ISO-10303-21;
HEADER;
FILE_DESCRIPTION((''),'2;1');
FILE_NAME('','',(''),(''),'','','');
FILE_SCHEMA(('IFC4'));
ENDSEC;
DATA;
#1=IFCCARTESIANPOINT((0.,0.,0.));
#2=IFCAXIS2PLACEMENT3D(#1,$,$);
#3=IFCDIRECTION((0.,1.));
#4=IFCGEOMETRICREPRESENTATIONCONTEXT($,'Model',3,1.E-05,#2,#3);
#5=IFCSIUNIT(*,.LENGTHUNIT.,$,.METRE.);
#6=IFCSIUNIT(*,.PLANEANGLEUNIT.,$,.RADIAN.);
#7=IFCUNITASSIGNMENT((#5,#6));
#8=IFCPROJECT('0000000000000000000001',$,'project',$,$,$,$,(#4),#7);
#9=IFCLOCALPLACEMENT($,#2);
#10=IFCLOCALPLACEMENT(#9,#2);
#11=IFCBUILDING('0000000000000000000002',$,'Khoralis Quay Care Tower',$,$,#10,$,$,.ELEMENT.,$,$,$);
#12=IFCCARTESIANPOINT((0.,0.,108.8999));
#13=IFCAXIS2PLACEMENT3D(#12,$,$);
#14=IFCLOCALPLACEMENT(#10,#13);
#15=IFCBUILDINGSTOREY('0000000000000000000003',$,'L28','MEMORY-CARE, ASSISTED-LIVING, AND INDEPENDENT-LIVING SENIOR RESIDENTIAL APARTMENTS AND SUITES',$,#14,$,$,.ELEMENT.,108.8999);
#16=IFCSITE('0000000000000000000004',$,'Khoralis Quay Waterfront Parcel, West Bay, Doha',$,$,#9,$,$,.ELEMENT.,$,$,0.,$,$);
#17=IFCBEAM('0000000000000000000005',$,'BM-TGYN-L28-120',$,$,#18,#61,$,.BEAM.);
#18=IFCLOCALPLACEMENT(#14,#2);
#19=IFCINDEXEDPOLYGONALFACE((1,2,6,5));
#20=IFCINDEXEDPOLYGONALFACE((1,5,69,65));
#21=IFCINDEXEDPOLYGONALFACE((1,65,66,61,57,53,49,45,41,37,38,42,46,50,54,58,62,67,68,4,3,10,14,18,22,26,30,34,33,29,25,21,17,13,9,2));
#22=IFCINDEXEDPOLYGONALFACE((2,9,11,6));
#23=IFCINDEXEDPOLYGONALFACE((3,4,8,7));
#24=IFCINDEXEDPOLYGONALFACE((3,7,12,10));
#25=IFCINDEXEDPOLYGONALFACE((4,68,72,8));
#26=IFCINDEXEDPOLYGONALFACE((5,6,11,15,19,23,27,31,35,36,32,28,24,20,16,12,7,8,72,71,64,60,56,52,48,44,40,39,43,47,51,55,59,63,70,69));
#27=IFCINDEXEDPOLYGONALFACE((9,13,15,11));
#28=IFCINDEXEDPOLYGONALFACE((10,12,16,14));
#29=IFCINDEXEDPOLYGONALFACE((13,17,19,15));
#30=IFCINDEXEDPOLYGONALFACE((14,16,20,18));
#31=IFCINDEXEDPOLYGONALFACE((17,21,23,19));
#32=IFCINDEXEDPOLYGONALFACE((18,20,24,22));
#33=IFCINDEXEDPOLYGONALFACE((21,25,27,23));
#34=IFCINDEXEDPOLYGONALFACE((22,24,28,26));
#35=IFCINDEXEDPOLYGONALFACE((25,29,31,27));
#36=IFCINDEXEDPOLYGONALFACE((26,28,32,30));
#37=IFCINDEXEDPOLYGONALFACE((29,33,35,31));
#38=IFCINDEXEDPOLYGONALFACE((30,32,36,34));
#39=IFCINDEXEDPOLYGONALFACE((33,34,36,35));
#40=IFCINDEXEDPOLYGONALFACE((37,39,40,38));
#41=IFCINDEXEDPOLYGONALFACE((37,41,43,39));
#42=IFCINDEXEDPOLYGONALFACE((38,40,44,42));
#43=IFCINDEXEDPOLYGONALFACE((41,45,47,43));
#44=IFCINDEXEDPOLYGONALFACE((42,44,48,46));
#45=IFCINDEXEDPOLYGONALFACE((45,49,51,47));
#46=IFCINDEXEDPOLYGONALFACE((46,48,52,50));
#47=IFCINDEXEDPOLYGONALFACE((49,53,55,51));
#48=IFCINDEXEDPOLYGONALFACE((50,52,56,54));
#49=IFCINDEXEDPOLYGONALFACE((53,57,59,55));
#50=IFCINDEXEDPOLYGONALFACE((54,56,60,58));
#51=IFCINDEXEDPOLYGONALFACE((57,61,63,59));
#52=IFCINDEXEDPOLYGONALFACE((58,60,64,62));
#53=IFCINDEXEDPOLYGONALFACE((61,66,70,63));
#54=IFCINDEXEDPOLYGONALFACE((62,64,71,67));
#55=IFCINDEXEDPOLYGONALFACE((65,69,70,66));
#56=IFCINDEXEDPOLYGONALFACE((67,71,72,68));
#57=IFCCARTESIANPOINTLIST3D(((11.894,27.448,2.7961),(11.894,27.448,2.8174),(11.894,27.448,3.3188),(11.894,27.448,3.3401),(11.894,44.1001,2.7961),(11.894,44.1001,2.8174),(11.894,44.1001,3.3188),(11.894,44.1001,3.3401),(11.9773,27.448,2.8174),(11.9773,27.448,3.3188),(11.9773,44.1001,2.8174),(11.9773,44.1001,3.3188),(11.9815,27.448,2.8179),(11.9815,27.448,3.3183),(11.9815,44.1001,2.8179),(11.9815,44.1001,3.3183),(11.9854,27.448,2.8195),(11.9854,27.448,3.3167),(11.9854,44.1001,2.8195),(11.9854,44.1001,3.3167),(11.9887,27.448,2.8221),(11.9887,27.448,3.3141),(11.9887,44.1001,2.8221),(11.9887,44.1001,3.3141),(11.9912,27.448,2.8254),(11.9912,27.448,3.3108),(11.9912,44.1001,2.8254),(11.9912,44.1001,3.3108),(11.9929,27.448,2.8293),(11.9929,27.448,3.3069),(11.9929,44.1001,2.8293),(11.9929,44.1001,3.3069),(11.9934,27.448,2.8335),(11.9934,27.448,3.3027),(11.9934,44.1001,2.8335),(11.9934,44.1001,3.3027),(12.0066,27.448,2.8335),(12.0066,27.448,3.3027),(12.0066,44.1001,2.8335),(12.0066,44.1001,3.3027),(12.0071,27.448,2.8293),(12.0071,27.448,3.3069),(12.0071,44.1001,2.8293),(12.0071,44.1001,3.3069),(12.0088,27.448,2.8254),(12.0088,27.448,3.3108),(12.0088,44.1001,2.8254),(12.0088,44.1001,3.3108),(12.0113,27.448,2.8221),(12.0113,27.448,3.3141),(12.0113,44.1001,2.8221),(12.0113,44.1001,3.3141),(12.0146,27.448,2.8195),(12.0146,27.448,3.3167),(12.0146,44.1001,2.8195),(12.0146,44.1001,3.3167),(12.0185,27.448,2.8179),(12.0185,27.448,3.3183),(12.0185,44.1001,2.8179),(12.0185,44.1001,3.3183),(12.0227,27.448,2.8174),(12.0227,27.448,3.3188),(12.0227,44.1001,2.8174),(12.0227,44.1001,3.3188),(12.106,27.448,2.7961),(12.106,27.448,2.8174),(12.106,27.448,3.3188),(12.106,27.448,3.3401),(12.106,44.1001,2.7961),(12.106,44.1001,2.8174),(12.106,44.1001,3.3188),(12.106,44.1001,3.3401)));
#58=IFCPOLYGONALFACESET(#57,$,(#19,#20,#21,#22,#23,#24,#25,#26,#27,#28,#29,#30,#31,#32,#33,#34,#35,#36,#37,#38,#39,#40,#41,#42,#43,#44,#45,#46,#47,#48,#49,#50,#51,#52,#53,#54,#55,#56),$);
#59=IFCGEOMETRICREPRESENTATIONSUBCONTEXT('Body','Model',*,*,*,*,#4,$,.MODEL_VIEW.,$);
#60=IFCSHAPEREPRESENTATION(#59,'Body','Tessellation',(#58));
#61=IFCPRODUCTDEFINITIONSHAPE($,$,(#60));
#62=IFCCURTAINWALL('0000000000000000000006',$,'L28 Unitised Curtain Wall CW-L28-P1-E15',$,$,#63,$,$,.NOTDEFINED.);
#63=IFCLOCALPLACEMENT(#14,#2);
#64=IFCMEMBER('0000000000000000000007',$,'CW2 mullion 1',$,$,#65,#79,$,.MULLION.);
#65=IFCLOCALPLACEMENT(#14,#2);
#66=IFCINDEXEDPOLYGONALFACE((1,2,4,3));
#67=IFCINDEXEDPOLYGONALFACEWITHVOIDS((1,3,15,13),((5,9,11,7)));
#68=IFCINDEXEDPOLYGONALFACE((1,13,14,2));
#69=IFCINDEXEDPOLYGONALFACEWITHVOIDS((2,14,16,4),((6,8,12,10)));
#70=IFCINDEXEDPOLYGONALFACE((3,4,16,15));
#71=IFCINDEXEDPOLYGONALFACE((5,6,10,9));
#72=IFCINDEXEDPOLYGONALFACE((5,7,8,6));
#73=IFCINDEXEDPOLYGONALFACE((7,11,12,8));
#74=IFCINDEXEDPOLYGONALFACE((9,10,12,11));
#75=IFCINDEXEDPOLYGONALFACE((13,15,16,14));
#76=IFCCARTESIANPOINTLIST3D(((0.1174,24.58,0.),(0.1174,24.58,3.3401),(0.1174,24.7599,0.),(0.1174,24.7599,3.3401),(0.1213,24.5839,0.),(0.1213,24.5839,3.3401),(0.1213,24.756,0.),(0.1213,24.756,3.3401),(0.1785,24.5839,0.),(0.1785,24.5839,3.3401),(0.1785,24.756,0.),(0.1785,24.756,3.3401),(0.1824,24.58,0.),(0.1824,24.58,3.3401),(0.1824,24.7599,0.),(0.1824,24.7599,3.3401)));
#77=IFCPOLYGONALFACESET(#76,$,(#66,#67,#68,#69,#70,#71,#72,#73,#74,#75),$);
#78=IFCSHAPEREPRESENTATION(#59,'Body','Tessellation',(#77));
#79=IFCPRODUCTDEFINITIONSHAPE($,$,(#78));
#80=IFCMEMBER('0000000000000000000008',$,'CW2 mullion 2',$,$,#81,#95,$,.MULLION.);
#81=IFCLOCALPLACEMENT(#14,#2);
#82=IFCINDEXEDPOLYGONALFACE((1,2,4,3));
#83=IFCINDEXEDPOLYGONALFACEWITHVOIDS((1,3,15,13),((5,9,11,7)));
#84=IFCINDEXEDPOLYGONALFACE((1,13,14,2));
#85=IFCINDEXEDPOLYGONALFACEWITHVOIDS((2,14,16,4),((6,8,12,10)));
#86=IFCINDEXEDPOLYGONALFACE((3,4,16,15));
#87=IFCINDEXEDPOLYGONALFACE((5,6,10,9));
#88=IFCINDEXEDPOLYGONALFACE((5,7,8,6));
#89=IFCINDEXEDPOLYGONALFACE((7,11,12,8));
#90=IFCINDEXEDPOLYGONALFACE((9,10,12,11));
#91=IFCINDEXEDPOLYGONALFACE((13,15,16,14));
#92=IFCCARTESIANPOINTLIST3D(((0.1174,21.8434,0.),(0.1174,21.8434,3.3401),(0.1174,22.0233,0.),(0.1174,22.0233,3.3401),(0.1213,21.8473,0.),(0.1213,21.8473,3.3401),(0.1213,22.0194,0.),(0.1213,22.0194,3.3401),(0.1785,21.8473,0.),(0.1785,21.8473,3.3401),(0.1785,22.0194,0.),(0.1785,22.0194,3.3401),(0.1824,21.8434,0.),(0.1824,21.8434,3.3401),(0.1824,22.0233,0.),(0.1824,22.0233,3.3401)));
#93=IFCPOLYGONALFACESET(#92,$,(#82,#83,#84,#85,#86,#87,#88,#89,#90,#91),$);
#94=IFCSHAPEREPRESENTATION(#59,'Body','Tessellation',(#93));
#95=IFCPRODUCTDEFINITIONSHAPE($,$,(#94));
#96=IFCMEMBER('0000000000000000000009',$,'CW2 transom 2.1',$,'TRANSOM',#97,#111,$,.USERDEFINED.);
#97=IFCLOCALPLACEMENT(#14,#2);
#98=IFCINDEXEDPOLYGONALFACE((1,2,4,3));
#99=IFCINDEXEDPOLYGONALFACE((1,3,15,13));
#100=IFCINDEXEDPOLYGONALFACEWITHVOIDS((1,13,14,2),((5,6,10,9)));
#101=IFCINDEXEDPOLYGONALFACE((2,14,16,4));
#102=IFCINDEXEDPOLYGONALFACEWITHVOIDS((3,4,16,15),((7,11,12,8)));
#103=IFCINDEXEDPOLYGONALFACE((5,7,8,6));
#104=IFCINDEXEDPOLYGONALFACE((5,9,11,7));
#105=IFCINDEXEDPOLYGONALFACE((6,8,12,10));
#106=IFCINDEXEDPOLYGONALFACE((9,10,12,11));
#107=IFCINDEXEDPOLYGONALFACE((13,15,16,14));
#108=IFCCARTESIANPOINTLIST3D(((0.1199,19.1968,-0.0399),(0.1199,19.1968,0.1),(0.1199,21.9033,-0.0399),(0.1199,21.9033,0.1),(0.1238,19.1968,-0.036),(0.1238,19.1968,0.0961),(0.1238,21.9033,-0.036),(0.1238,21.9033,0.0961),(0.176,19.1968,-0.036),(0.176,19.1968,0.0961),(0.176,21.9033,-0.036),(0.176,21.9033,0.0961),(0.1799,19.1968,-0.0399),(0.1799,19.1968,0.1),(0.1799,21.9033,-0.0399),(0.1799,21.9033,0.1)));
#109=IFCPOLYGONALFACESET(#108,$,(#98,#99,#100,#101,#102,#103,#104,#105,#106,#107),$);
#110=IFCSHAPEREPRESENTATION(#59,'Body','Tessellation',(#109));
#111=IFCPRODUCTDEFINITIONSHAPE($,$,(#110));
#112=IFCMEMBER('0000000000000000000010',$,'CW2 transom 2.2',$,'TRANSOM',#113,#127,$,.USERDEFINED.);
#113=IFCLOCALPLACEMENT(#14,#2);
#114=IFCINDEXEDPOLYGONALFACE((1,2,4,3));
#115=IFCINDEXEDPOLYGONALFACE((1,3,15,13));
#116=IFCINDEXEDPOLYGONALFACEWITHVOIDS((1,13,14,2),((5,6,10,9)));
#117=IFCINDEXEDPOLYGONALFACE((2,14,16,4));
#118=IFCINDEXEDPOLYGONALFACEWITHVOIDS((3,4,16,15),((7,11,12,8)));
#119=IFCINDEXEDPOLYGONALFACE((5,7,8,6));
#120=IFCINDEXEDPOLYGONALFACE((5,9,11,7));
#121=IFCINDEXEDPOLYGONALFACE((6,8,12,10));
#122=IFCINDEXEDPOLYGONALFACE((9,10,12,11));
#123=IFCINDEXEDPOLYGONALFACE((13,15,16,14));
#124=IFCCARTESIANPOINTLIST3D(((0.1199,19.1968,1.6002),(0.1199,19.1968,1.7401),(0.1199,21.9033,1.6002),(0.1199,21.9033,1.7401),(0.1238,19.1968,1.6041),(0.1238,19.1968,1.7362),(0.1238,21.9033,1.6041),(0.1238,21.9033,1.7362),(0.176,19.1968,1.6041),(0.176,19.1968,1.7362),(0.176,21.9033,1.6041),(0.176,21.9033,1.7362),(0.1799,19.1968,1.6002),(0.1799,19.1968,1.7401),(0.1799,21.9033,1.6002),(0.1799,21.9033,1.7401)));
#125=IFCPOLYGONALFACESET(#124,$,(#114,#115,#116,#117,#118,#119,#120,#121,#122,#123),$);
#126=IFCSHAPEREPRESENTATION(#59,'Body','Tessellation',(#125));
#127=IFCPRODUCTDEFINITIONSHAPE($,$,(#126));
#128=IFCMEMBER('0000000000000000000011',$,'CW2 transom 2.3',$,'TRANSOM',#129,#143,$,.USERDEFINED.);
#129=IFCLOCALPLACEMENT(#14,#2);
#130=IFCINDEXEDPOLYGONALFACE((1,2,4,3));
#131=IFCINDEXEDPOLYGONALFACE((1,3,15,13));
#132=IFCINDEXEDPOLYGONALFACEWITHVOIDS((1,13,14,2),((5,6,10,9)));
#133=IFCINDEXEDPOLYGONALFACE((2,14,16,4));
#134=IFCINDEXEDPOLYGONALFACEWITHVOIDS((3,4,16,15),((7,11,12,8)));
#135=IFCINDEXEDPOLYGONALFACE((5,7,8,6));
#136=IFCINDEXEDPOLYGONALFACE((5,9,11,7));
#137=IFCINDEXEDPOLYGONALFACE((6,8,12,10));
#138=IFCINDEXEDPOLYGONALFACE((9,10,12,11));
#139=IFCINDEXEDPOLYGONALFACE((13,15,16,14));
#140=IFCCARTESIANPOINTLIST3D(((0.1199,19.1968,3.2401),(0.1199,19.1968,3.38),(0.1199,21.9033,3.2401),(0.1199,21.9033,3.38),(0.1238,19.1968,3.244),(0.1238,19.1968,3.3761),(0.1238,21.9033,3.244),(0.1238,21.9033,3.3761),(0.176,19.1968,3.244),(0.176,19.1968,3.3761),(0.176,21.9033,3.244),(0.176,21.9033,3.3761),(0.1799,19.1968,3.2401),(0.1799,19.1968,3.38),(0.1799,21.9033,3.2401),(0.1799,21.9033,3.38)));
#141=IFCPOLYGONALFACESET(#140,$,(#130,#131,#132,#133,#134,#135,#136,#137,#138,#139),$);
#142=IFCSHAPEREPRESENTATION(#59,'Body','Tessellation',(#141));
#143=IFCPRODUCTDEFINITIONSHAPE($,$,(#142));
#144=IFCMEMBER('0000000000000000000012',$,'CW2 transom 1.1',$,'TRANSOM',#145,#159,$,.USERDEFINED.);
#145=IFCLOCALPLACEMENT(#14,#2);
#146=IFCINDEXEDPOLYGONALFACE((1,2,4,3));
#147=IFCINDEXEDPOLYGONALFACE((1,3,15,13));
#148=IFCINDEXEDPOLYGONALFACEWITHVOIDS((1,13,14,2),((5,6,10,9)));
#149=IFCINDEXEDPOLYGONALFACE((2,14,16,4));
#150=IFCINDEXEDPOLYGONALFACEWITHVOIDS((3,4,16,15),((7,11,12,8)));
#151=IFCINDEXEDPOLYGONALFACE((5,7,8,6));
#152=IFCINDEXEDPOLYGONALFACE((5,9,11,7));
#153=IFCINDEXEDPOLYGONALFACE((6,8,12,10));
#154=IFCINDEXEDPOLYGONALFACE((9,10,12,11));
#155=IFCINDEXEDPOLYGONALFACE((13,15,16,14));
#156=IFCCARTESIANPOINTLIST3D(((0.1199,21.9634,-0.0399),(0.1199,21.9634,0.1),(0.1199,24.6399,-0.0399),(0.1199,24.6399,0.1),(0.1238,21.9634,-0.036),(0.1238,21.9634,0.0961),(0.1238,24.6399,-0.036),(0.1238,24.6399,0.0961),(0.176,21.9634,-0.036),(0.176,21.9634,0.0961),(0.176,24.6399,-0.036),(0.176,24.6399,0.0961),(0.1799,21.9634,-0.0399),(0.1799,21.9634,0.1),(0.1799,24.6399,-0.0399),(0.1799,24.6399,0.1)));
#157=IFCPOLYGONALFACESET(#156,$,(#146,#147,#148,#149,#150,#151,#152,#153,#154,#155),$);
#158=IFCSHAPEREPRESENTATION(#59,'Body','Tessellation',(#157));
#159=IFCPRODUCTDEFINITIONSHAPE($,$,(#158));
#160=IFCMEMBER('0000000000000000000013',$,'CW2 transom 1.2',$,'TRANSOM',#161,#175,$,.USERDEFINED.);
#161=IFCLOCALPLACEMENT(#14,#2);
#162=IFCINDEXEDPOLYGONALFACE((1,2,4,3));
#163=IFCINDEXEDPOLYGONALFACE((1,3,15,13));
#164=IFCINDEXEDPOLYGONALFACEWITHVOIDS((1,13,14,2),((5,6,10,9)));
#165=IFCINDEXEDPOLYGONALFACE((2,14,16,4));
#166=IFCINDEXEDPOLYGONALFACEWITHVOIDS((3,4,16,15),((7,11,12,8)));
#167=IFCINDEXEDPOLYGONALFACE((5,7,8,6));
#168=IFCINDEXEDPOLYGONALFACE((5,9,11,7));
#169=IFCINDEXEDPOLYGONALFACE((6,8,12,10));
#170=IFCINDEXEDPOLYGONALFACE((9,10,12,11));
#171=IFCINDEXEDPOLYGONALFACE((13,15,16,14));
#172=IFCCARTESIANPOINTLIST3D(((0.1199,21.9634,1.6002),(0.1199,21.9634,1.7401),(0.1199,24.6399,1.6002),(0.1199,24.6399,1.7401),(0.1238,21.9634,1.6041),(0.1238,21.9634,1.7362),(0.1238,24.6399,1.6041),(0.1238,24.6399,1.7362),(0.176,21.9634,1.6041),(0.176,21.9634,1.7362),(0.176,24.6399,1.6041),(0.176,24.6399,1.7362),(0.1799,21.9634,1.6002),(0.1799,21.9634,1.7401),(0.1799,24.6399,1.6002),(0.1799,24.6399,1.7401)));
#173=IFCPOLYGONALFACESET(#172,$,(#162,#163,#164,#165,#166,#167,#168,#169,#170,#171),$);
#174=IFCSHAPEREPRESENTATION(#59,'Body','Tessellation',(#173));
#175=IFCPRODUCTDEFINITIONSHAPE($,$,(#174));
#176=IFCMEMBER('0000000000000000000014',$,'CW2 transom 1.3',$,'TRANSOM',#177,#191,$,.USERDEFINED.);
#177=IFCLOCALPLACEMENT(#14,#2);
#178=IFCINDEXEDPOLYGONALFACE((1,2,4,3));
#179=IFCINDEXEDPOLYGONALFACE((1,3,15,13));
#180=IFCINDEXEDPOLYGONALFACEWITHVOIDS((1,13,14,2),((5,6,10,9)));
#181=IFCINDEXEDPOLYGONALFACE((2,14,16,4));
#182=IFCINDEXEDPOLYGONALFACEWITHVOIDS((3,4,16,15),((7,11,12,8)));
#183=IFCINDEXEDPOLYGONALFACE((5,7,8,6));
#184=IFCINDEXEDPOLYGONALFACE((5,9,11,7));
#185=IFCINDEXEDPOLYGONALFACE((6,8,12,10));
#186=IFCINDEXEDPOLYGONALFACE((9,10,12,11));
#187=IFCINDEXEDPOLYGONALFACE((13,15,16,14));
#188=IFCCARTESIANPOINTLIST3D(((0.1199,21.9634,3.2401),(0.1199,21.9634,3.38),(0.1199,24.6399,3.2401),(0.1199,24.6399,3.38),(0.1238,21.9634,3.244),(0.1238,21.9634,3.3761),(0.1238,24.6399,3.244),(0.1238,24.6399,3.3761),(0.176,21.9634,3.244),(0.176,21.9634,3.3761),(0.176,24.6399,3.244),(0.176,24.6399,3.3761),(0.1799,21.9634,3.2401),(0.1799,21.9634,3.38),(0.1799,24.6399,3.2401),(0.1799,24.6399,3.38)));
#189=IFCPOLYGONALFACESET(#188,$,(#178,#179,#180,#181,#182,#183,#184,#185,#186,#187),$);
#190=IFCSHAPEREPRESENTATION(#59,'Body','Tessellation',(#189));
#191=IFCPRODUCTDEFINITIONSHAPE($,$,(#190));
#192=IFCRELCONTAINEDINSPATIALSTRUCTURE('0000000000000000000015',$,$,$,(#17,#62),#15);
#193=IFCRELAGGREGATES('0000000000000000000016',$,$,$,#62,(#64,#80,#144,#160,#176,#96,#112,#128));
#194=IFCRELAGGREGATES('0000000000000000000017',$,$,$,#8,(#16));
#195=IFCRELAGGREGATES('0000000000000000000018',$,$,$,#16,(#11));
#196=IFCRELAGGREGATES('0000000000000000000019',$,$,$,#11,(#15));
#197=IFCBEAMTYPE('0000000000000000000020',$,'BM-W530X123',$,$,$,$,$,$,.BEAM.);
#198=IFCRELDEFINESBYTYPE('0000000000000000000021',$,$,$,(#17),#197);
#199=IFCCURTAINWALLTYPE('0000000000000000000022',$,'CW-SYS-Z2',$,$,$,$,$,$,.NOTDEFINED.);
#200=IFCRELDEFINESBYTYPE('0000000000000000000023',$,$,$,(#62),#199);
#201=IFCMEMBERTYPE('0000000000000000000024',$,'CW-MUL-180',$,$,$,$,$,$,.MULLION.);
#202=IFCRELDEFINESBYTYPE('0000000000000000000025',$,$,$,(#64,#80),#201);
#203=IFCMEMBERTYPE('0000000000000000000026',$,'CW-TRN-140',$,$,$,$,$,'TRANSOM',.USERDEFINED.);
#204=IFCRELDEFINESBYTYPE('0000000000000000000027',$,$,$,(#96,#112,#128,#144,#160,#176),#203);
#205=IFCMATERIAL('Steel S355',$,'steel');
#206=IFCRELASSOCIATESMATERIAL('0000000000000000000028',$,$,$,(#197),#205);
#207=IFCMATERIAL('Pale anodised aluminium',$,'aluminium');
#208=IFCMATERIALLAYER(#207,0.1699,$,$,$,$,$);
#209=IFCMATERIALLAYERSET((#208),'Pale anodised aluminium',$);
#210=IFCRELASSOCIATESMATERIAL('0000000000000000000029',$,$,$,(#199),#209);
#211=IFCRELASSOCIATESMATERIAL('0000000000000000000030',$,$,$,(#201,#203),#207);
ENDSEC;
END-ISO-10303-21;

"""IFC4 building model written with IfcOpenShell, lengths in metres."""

from ifc_helpers import new_model, si_unit, direction, frame, origin, origin_2d, place, context, subcontext, project, spatial, hollow_rectangle, i_section, extrude, source, transform, mapped, material, layer, layer_set, material_profile, profile_set, type_object, element, aggregate, save


model = new_model("IFC4")

# Units and contexts
model_context = context("Model", 3, precision=1e-05, world=origin(), true_north=direction((0.0, 1.0)))
body_context = subcontext(model_context, "Body", "Model", "MODEL_VIEW")
ifc_project = project(units=[si_unit("LENGTHUNIT", "METRE"), si_unit("PLANEANGLEUNIT", "RADIAN")], contexts=[model_context])

# Site, building, storey
site_placement = place(None, origin())
site = spatial("IfcSite", under=ifc_project, at=site_placement, Name="Khoralis Quay Waterfront Parcel, West Bay, Doha", CompositionType="ELEMENT", RefElevation=0.0)
building_placement = place(site_placement, origin())
building = spatial("IfcBuilding", under=site, at=building_placement, Name="Khoralis Quay Care Tower", CompositionType="ELEMENT")
storey_placement = place(building_placement, frame((0.0, 0.0, 108.8999)))
storey = spatial("IfcBuildingStorey", under=building, at=storey_placement, Name="L28", Description="MEMORY-CARE, ASSISTED-LIVING, AND INDEPENDENT-LIVING SENIOR RESIDENTIAL APARTMENTS AND SUITES", CompositionType="ELEMENT", Elevation=108.8999)

# Beam
ifc_material_1 = material(Name="Steel S355", Category="steel")
ifc_material_profile_1 = material_profile(ifc_material_1, i_section(OverallWidth=0.2119, OverallDepth=0.5439, WebThickness=0.0132, FlangeThickness=0.0212, FilletRadius=0.0161, at=origin_2d()), Name="Steel S355")
ifc_profile_set_1 = profile_set([ifc_material_profile_1], Name="Steel S355")
beam_type_1 = type_object("IfcBeamType", Name="BM-W530X123", PredefinedType="BEAM", material=ifc_profile_set_1)
shared_shape_1 = source(origin(), body_context, "Body", "SweptSolid", [
    extrude(i_section(OverallWidth=0.2119, OverallDepth=0.5439, WebThickness=0.0132, FlangeThickness=0.0212, FilletRadius=0.0161, at=origin_2d()), origin(), (0.0, 0.0, 1.0), 16.6521),
])
beam_1_placement = place(storey_placement, frame((12.0, 27.448, 3.0681), z_axis=(0.0, 1.0, 0.0), x_axis=(-1.0, 0.0, 0.0)))
element("IfcBeam", 1, at=beam_1_placement, inside=storey, type_object=beam_type_1, Name="BM-TGYN-L28-120", PredefinedType="BEAM", context=body_context, shape_type="MappedRepresentation", body=[
    mapped(shared_shape_1, transform((0.0, 0.0, 0.0), scale=1.0)),
])

# Curtain wall, members
ifc_material_2 = material(Name="Pale anodised aluminium", Category="aluminium")
ifc_layer_1 = layer(ifc_material_2, 0.1699)
ifc_layer_set_1 = layer_set([ifc_layer_1], Name="Pale anodised aluminium")
curtain_wall_type = type_object("IfcCurtainWallType", Name="CW-SYS-Z2", PredefinedType="NOTDEFINED", material=ifc_layer_set_1)
curtain_wall_placement = place(storey_placement, origin())
curtain_wall = element("IfcCurtainWall", 2, at=curtain_wall_placement, inside=storey, type_object=curtain_wall_type, Name="L28 Unitised Curtain Wall CW-L28-P1-E15", PredefinedType="NOTDEFINED")
ifc_material_profile_2 = material_profile(ifc_material_2, hollow_rectangle(XDim=0.0649, YDim=0.1799, WallThickness=0.0039, at=origin_2d()), Name="Pale anodised aluminium")
ifc_profile_set_2 = profile_set([ifc_material_profile_2], Name="Pale anodised aluminium")
member_type_1 = type_object("IfcMemberType", Name="CW-MUL-180", PredefinedType="MULLION", material=ifc_profile_set_2)
shared_shape_2 = source(origin(), body_context, "Body", "SweptSolid", [
    extrude(hollow_rectangle(XDim=0.0649, YDim=0.1799, WallThickness=0.0039, at=origin_2d()), origin(), (0.0, 0.0, 1.0), 3.3401),
])
member_1_placement = place(storey_placement, frame((0.1499, 24.6699, 0.0), z_axis=(0.0, 0.0, 1.0), x_axis=(1.0, 0.0, 0.0)))
member_1 = element("IfcMember", 3, at=member_1_placement, type_object=member_type_1, Name="CW2 mullion 1", PredefinedType="MULLION", context=body_context, shape_type="MappedRepresentation", body=[
    mapped(shared_shape_2, transform((0.0, 0.0, 0.0), scale=1.0)),
])
member_2_placement = place(storey_placement, frame((0.1499, 21.9333, 0.0), z_axis=(0.0, 0.0, 1.0), x_axis=(1.0, 0.0, 0.0)))
member_2 = element("IfcMember", 4, at=member_2_placement, type_object=member_type_1, Name="CW2 mullion 2", PredefinedType="MULLION", context=body_context, shape_type="MappedRepresentation", body=[
    mapped(shared_shape_2, transform((0.0, 0.0, 0.0), scale=1.0)),
])
ifc_material_profile_3 = material_profile(ifc_material_2, hollow_rectangle(XDim=0.0601, YDim=0.1399, WallThickness=0.0039, at=origin_2d()), Name="Pale anodised aluminium")
ifc_profile_set_3 = profile_set([ifc_material_profile_3], Name="Pale anodised aluminium")
member_type_2 = type_object("IfcMemberType", Name="CW-TRN-140", ElementType="TRANSOM", PredefinedType="USERDEFINED", material=ifc_profile_set_3)
shared_shape_3 = source(origin(), body_context, "Body", "SweptSolid", [
    extrude(hollow_rectangle(XDim=0.0601, YDim=0.1399, WallThickness=0.0039, at=origin_2d()), origin(), (0.0, 0.0, 1.0), 2.7065),
])
member_3_placement = place(storey_placement, frame((0.1499, 21.9033, 0.03), z_axis=(0.0, -1.0, 0.0), x_axis=(1.0, 0.0, 0.0)))
member_3 = element("IfcMember", 5, at=member_3_placement, type_object=member_type_2, Name="CW2 transom 2.1", ObjectType="TRANSOM", PredefinedType="USERDEFINED", context=body_context, shape_type="MappedRepresentation", body=[
    mapped(shared_shape_3, transform((0.0, 0.0, 0.0), scale=1.0)),
])
member_4_placement = place(storey_placement, frame((0.1499, 21.9033, 1.6702), z_axis=(0.0, -1.0, 0.0), x_axis=(1.0, 0.0, 0.0)))
member_4 = element("IfcMember", 6, at=member_4_placement, type_object=member_type_2, Name="CW2 transom 2.2", ObjectType="TRANSOM", PredefinedType="USERDEFINED", context=body_context, shape_type="MappedRepresentation", body=[
    mapped(shared_shape_3, transform((0.0, 0.0, 0.0), scale=1.0)),
])
member_5_placement = place(storey_placement, frame((0.1499, 21.9033, 3.3101), z_axis=(0.0, -1.0, 0.0), x_axis=(1.0, 0.0, 0.0)))
member_5 = element("IfcMember", 7, at=member_5_placement, type_object=member_type_2, Name="CW2 transom 2.3", ObjectType="TRANSOM", PredefinedType="USERDEFINED", context=body_context, shape_type="MappedRepresentation", body=[
    mapped(shared_shape_3, transform((0.0, 0.0, 0.0), scale=1.0)),
])
shared_shape_4 = source(origin(), body_context, "Body", "SweptSolid", [
    extrude(hollow_rectangle(XDim=0.0601, YDim=0.1399, WallThickness=0.0039, at=origin_2d()), origin(), (0.0, 0.0, 1.0), 2.6765),
])
member_6_placement = place(storey_placement, frame((0.1499, 24.6399, 0.03), z_axis=(0.0, -1.0, 0.0), x_axis=(1.0, 0.0, 0.0)))
member_6 = element("IfcMember", 8, at=member_6_placement, type_object=member_type_2, Name="CW2 transom 1.1", ObjectType="TRANSOM", PredefinedType="USERDEFINED", context=body_context, shape_type="MappedRepresentation", body=[
    mapped(shared_shape_4, transform((0.0, 0.0, 0.0), scale=1.0)),
])
member_7_placement = place(storey_placement, frame((0.1499, 24.6399, 1.6702), z_axis=(0.0, -1.0, 0.0), x_axis=(1.0, 0.0, 0.0)))
member_7 = element("IfcMember", 9, at=member_7_placement, type_object=member_type_2, Name="CW2 transom 1.2", ObjectType="TRANSOM", PredefinedType="USERDEFINED", context=body_context, shape_type="MappedRepresentation", body=[
    mapped(shared_shape_4, transform((0.0, 0.0, 0.0), scale=1.0)),
])
member_8_placement = place(storey_placement, frame((0.1499, 24.6399, 3.3101), z_axis=(0.0, -1.0, 0.0), x_axis=(1.0, 0.0, 0.0)))
member_8 = element("IfcMember", 10, at=member_8_placement, type_object=member_type_2, Name="CW2 transom 1.3", ObjectType="TRANSOM", PredefinedType="USERDEFINED", context=body_context, shape_type="MappedRepresentation", body=[
    mapped(shared_shape_4, transform((0.0, 0.0, 0.0), scale=1.0)),
])
aggregate(curtain_wall, [member_1, member_2, member_6, member_7, member_8, member_3, member_4, member_5])

save(model, "model.ifc")
